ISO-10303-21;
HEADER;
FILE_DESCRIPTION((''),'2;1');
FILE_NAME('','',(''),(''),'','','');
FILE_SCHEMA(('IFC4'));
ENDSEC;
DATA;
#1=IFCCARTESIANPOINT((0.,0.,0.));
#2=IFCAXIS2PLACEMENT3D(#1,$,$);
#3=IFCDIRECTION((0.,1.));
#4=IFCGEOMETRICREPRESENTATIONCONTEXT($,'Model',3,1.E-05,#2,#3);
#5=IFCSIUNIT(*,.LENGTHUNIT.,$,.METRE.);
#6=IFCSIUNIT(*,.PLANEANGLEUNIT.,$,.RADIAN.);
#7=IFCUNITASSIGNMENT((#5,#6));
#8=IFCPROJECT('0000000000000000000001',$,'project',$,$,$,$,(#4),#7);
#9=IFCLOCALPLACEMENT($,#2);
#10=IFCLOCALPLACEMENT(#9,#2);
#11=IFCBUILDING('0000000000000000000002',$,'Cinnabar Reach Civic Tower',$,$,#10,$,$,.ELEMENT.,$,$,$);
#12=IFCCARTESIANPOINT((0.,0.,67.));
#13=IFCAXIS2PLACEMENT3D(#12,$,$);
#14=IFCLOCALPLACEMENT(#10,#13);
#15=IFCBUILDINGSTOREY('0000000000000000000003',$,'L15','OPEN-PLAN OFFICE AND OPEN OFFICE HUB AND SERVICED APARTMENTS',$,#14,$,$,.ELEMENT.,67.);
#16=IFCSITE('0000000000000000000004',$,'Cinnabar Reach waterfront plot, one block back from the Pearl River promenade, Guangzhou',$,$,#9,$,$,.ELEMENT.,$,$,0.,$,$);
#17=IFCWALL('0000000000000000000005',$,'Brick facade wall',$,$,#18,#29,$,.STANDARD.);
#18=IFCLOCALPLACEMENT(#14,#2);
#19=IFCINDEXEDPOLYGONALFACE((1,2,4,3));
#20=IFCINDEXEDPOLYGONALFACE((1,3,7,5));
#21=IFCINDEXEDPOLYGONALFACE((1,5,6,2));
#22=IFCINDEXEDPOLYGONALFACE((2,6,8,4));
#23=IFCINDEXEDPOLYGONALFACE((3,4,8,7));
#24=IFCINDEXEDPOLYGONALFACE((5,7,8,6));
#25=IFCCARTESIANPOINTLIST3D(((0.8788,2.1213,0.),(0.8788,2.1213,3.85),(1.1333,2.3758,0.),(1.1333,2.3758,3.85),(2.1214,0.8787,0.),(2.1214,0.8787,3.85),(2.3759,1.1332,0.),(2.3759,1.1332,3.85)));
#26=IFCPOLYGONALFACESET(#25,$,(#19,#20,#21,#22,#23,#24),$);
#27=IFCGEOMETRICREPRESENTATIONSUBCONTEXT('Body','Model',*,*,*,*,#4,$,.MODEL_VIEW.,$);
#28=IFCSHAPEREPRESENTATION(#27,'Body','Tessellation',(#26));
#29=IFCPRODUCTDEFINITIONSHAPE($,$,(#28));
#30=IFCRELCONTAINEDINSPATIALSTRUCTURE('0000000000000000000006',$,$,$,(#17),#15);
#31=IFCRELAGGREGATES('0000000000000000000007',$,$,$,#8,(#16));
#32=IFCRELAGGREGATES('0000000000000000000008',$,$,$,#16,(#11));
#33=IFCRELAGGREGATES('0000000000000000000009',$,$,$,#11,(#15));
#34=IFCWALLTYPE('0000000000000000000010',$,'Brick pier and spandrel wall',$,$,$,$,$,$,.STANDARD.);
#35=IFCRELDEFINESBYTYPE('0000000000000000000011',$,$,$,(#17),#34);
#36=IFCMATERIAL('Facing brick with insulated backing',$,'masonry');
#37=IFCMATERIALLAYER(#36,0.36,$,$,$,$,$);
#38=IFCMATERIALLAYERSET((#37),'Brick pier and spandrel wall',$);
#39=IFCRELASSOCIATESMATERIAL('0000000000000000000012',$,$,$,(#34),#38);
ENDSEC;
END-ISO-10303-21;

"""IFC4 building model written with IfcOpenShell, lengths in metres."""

from ifc_helpers import new_model, si_unit, direction, frame, frame_2d, origin, place, context, subcontext, project, spatial, rectangle, extrude, material, layer, layer_set, type_object, element, save


model = new_model("IFC4")

# Units and contexts
model_context = context("Model", 3, precision=1e-05, world=origin(), true_north=direction((0.0, 1.0)))
body_context = subcontext(model_context, "Body", "Model", "MODEL_VIEW")
ifc_project = project(units=[si_unit("LENGTHUNIT", "METRE"), si_unit("PLANEANGLEUNIT", "RADIAN")], contexts=[model_context])

# Site, building, storey
site_placement = place(None, origin())
site = spatial("IfcSite", under=ifc_project, at=site_placement, Name="Cinnabar Reach waterfront plot, one block back from the Pearl River promenade, Guangzhou", CompositionType="ELEMENT", RefElevation=0.0)
building_placement = place(site_placement, origin())
building = spatial("IfcBuilding", under=site, at=building_placement, Name="Cinnabar Reach Civic Tower", CompositionType="ELEMENT")
storey_placement = place(building_placement, frame((0.0, 0.0, 67.0)))
storey = spatial("IfcBuildingStorey", under=building, at=storey_placement, Name="L15", Description="OPEN-PLAN OFFICE AND OPEN OFFICE HUB AND SERVICED APARTMENTS", CompositionType="ELEMENT", Elevation=67.0)

# Shared definitions
ifc_material_1 = material(Name="Facing brick with insulated backing", Category="masonry")

# Shared definitions
ifc_layer_1 = layer(ifc_material_1, 0.36)
ifc_layer_set_1 = layer_set([ifc_layer_1], Name="Brick pier and spandrel wall")
wall_type_1 = type_object("IfcWallType", Name="Brick pier and spandrel wall", PredefinedType="STANDARD", material=ifc_layer_set_1)

# Wall
wall_1_placement = place(storey_placement, frame((1.006, 2.2486, 0.0), z_axis=(0.0, 0.0, 1.0), x_axis=(0.707107, -0.707107, 0.0)))
element("IfcWall", 1, at=wall_1_placement, inside=storey, type_object=wall_type_1, Name="Brick facade wall", PredefinedType="STANDARD", context=body_context, shape_type="SweptSolid", body=[
    extrude(rectangle(XDim=1.7573, YDim=0.36, at=frame_2d((0.8787, 0.0))), origin(), (0.0, 0.0, 1.0), 3.85),
])

save(model, "model.ifc")
